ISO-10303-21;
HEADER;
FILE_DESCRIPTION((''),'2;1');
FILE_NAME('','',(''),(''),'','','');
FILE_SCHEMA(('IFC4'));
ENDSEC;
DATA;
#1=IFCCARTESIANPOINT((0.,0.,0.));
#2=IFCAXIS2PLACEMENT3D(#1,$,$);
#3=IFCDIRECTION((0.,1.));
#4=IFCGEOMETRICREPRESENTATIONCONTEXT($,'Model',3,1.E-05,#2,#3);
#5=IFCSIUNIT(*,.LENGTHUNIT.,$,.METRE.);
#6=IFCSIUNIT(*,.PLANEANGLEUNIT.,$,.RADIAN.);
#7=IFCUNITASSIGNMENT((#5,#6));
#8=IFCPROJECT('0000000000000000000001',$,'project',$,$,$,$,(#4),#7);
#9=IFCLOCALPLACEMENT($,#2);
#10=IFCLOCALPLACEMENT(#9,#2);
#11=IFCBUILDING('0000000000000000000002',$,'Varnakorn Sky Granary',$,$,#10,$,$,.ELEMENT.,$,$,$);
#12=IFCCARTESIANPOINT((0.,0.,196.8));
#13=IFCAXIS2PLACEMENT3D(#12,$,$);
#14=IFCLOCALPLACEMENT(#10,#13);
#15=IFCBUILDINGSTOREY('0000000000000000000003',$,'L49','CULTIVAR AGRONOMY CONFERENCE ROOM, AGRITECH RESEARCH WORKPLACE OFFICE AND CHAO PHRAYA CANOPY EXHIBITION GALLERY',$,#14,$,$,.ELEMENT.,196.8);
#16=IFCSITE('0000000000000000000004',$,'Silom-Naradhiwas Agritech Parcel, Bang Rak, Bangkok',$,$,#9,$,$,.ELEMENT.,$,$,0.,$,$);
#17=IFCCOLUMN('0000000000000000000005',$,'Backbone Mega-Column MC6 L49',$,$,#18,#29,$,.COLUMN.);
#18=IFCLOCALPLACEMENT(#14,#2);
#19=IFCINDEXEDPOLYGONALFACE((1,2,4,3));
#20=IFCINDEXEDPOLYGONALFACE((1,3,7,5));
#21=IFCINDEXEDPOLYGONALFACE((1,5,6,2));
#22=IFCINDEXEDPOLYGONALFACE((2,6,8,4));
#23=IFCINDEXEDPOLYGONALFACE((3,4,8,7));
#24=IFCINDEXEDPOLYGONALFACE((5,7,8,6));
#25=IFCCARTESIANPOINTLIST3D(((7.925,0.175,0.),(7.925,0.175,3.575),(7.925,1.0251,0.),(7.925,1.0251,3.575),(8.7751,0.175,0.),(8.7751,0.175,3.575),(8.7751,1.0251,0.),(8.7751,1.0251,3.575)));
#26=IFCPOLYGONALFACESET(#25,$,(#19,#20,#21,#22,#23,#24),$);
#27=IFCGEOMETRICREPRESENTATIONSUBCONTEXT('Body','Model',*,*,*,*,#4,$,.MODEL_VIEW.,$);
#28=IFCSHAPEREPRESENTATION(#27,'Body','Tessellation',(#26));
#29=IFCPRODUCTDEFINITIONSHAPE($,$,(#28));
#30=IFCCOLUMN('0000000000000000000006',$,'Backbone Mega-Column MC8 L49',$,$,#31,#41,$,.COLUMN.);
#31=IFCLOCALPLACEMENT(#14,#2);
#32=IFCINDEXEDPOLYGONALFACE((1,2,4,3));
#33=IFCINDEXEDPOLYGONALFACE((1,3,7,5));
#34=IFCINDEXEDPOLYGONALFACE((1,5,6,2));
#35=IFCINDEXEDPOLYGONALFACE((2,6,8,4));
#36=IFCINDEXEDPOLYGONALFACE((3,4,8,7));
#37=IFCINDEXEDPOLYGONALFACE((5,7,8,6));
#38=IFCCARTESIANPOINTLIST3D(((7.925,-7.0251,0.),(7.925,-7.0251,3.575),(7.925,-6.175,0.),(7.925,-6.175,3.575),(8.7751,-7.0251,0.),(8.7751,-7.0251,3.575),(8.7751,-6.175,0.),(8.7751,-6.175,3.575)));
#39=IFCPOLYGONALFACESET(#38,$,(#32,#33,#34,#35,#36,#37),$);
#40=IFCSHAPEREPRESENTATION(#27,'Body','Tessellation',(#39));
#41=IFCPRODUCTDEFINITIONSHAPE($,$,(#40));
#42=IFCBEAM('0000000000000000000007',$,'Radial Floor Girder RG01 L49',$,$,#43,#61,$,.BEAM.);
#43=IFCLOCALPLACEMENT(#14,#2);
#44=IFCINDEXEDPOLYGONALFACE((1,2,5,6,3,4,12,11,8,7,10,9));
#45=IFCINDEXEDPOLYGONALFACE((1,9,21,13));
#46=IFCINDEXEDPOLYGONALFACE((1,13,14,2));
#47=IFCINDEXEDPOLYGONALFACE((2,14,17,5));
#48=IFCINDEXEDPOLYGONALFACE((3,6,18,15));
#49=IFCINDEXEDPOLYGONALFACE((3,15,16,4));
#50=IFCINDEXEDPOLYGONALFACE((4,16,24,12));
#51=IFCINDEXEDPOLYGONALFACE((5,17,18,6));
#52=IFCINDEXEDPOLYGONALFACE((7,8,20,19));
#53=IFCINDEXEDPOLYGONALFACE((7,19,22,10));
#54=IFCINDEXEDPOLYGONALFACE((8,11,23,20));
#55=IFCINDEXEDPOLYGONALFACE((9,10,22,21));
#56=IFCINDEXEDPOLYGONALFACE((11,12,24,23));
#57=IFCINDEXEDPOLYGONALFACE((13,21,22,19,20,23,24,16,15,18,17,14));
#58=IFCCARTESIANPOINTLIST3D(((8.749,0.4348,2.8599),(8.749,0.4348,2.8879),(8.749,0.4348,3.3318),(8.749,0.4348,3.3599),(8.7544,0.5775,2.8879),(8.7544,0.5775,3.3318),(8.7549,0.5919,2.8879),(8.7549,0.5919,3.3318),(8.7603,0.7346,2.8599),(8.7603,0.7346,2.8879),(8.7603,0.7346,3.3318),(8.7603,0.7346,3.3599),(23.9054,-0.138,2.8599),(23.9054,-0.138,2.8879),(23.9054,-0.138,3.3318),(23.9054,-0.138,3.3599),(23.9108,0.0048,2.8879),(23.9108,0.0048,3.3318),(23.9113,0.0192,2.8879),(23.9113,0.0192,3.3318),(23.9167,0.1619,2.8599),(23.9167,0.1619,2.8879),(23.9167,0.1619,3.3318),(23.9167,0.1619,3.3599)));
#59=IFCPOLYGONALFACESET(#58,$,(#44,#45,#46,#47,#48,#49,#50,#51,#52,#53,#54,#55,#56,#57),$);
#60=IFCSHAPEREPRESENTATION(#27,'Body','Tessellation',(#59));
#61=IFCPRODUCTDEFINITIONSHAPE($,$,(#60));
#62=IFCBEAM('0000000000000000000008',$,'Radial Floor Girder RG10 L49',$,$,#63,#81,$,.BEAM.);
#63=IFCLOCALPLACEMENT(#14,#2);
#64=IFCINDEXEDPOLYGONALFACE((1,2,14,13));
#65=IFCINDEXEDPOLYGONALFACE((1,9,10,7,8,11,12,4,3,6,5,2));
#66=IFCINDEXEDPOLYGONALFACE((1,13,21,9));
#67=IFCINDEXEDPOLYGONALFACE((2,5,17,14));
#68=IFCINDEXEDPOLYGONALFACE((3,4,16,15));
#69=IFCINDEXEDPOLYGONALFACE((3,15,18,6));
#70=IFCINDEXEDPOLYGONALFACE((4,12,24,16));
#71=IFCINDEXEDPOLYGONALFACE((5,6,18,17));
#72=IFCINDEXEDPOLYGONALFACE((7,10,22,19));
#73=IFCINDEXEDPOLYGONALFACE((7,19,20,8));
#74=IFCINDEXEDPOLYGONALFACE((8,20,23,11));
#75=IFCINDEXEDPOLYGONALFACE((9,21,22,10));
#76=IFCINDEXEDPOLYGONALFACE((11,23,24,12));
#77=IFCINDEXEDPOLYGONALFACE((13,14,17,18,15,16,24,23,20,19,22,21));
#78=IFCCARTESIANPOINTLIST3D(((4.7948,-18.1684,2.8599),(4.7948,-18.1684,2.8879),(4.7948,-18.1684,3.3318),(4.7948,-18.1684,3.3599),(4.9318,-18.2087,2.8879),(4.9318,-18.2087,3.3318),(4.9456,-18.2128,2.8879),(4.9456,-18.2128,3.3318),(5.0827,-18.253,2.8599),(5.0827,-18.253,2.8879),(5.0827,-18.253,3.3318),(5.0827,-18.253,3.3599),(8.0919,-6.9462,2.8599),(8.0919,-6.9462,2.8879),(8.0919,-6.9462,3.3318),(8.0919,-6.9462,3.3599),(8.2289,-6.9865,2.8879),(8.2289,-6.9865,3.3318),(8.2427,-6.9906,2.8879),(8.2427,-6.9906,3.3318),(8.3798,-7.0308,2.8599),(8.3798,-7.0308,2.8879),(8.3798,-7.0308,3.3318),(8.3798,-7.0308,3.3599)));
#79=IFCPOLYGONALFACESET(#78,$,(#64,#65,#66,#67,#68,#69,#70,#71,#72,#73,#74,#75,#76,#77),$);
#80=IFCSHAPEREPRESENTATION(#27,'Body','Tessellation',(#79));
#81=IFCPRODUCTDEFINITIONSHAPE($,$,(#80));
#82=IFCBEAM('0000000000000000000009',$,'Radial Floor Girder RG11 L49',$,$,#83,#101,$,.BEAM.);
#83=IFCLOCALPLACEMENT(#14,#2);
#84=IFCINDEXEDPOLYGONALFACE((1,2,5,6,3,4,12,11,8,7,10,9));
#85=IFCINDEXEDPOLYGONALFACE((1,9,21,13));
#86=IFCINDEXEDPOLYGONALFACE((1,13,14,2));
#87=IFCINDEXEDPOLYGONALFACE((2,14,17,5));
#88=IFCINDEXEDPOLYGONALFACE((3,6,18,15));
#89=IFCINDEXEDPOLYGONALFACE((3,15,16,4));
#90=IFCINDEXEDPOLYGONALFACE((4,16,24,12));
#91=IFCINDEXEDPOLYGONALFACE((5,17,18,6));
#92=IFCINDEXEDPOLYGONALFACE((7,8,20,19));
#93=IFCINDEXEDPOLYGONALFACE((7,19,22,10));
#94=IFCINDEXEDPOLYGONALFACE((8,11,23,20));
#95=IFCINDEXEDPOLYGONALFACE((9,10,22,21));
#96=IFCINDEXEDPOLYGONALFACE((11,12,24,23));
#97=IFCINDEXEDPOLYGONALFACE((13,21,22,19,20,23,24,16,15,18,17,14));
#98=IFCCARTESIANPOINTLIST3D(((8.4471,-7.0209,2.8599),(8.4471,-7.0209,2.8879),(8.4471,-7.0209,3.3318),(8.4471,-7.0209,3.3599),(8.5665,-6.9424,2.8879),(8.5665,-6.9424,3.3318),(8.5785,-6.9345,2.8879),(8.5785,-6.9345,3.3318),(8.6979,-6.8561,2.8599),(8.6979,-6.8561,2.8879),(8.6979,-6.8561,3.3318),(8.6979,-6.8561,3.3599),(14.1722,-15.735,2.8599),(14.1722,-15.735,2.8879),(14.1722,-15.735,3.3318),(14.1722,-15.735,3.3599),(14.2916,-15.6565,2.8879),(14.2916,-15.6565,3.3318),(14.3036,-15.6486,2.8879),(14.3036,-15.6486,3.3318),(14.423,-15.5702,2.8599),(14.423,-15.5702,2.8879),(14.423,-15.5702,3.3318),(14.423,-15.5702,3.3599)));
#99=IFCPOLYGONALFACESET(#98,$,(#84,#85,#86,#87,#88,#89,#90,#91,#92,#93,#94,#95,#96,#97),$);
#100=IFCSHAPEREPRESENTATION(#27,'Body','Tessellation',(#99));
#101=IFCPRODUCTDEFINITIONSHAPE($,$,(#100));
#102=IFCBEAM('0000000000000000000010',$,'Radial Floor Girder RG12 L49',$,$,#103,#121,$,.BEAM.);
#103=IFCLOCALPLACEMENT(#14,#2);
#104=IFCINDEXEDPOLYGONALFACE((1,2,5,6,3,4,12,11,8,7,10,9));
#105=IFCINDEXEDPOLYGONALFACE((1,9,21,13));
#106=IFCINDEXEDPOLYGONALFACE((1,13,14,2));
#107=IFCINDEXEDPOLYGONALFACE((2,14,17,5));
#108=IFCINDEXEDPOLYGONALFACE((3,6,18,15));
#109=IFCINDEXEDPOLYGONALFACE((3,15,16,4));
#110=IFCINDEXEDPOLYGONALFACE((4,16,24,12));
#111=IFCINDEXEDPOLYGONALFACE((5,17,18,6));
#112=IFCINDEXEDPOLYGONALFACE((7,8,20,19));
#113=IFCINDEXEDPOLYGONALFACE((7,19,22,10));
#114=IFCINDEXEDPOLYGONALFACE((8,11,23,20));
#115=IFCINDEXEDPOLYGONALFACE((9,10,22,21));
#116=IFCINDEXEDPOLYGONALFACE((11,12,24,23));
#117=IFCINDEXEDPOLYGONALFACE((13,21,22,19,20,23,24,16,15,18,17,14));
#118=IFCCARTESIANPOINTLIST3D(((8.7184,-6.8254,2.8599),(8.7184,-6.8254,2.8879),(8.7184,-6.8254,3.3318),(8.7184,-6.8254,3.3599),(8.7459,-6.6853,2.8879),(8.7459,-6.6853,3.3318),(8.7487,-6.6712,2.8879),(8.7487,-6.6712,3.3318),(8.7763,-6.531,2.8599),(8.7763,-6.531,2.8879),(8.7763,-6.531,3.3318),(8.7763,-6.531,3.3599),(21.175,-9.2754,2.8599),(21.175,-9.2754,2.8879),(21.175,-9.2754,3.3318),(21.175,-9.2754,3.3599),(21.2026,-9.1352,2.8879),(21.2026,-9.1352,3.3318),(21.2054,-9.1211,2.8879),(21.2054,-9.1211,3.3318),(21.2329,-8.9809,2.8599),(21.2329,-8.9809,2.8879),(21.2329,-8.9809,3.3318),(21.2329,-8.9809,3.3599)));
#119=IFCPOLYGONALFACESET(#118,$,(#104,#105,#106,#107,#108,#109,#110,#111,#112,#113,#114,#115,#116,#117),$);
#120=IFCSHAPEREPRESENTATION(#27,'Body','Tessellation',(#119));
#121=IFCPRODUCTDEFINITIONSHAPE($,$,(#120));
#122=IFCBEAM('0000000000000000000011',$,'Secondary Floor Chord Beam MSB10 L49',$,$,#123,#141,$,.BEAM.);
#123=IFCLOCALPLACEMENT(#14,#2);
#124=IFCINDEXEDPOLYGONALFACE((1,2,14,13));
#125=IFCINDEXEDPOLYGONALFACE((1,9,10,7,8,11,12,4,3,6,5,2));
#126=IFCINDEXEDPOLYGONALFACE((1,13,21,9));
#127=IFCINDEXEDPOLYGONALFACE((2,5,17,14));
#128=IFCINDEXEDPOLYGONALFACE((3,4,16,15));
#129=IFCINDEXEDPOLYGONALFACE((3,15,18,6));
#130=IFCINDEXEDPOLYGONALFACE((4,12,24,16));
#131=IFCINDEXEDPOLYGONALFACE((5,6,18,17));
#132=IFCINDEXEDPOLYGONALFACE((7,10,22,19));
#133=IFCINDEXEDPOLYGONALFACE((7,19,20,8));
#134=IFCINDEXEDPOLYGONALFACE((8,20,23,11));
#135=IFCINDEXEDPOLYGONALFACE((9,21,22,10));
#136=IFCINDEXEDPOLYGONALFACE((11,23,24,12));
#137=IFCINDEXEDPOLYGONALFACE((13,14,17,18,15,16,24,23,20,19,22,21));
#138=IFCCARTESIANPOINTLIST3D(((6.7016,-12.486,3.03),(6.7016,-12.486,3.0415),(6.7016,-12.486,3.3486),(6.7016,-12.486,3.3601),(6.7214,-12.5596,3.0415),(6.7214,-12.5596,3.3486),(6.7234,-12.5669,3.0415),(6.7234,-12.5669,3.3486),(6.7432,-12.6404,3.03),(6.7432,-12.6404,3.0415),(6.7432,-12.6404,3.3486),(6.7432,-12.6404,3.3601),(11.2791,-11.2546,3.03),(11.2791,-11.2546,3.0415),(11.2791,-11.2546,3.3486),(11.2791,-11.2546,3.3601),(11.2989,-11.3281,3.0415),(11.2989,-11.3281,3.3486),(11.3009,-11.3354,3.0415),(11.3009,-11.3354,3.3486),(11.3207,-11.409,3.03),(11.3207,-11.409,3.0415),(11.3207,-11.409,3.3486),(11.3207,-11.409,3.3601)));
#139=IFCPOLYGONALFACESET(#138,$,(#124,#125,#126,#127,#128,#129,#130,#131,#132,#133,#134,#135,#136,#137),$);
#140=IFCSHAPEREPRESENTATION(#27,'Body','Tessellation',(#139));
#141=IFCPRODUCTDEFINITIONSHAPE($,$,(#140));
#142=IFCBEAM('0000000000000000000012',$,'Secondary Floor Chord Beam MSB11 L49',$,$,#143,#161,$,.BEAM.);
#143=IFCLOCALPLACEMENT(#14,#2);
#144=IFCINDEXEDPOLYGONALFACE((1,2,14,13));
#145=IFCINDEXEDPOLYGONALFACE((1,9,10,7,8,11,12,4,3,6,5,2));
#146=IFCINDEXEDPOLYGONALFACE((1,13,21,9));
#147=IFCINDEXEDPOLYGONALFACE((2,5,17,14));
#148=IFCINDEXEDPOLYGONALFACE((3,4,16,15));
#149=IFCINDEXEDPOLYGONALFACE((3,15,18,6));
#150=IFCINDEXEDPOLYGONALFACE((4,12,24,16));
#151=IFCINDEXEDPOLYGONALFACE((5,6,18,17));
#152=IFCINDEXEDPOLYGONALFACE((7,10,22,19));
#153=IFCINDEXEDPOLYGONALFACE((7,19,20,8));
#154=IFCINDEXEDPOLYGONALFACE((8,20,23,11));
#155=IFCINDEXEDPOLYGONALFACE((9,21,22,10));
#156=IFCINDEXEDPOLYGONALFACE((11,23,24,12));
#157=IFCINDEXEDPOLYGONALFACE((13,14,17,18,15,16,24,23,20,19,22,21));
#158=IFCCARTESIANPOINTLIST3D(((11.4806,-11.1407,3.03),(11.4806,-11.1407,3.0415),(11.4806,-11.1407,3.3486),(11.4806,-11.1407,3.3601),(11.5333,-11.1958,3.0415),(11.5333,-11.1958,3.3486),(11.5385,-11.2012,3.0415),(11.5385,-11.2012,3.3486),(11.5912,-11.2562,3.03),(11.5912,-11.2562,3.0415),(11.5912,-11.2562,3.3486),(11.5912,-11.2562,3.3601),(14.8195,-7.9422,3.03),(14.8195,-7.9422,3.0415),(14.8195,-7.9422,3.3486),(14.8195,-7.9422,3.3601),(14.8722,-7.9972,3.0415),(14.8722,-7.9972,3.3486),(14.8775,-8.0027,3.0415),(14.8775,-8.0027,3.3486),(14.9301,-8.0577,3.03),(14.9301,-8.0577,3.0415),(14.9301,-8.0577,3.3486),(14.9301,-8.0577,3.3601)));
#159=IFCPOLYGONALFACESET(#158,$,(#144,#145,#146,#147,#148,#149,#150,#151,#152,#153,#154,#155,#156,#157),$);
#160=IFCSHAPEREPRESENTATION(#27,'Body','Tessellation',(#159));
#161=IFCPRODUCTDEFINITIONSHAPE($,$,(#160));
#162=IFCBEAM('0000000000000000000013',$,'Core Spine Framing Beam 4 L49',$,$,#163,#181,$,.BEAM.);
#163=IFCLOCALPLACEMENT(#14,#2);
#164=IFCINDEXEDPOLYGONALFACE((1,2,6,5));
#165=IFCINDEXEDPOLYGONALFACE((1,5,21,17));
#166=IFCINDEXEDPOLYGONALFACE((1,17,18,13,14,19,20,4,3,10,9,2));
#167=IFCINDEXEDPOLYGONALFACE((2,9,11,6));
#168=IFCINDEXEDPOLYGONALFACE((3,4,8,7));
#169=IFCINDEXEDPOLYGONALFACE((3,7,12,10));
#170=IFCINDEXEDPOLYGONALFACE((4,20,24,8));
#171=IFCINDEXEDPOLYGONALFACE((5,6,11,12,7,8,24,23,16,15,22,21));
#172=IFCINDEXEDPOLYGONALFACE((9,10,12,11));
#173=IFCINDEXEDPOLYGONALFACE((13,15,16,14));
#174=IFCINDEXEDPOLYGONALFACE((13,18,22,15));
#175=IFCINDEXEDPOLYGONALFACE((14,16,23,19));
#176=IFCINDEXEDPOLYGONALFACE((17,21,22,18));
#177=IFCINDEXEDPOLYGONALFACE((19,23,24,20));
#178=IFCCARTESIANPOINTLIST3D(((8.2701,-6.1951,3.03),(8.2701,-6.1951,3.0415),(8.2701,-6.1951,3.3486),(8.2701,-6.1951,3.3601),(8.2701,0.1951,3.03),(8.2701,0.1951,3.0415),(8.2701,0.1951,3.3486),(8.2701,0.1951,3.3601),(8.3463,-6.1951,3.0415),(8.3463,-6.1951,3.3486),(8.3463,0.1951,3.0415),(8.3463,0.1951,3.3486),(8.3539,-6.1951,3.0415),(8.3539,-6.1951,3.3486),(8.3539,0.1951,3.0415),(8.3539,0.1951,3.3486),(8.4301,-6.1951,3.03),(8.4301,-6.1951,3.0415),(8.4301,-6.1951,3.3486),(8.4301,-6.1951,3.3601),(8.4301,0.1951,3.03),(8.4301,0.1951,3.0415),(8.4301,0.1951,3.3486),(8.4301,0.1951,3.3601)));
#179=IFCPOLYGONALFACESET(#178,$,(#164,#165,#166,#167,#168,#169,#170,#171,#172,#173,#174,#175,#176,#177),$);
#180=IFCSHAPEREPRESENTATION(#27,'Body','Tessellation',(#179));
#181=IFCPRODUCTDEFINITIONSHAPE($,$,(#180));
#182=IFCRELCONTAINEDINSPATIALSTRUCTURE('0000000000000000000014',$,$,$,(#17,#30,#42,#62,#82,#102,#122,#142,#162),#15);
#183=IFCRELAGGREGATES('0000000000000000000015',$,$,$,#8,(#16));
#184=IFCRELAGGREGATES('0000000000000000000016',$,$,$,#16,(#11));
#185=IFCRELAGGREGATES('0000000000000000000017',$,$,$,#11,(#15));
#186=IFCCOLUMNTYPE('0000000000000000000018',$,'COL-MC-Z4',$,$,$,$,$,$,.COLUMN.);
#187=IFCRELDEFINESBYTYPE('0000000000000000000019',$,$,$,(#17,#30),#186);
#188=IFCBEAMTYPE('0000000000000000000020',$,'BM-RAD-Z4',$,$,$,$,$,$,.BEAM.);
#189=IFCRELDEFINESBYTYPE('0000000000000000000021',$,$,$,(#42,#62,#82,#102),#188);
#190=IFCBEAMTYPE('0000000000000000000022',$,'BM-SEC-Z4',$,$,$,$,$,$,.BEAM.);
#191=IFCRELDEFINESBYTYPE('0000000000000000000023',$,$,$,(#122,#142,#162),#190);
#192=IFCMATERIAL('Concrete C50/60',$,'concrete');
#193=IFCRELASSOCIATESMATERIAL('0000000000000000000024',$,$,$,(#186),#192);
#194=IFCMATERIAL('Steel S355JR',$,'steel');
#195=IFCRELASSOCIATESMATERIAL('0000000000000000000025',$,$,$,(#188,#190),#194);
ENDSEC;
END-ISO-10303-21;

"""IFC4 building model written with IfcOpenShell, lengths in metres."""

from ifc_helpers import new_model, si_unit, direction, frame, origin, origin_2d, place, context, subcontext, project, spatial, rectangle, i_section, extrude, material, material_profile, profile_set, type_object, element, save


model = new_model("IFC4")

# Units and contexts
model_context = context("Model", 3, precision=1e-05, world=origin(), true_north=direction((0.0, 1.0)))
body_context = subcontext(model_context, "Body", "Model", "MODEL_VIEW")
ifc_project = project(units=[si_unit("LENGTHUNIT", "METRE"), si_unit("PLANEANGLEUNIT", "RADIAN")], contexts=[model_context])

# Site, building, storey
site_placement = place(None, origin())
site = spatial("IfcSite", under=ifc_project, at=site_placement, Name="Silom-Naradhiwas Agritech Parcel, Bang Rak, Bangkok", CompositionType="ELEMENT", RefElevation=0.0)
building_placement = place(site_placement, origin())
building = spatial("IfcBuilding", under=site, at=building_placement, Name="Varnakorn Sky Granary", CompositionType="ELEMENT")
storey_placement = place(building_placement, frame((0.0, 0.0, 196.8)))
storey = spatial("IfcBuildingStorey", under=building, at=storey_placement, Name="L49", Description="CULTIVAR AGRONOMY CONFERENCE ROOM, AGRITECH RESEARCH WORKPLACE OFFICE AND CHAO PHRAYA CANOPY EXHIBITION GALLERY", CompositionType="ELEMENT", Elevation=196.8)

# Columns
ifc_material_1 = material(Name="Concrete C50/60", Category="concrete")
ifc_material_profile_1 = material_profile(ifc_material_1, rectangle(XDim=0.8501, YDim=0.8501, at=origin_2d()), Name="RC 850x850")
ifc_profile_set_1 = profile_set([ifc_material_profile_1], Name="Concrete C50/60")
column_type = type_object("IfcColumnType", Name="COL-MC-Z4", PredefinedType="COLUMN", material=ifc_profile_set_1)
for number, where, z_axis, x_axis, name in (
    (1, (8.3501, 0.6001, 0.0), (0.0, 0.0, 1.0), (1.0, 0.0, 0.0), "Backbone Mega-Column MC6 L49"),
    (2, (8.3501, -6.6001, 0.0), (0.0, 0.0, 1.0), (1.0, 0.0, 0.0), "Backbone Mega-Column MC8 L49"),
):
    element("IfcColumn", number, at=place(storey_placement, frame(where, z_axis=z_axis, x_axis=x_axis)), inside=storey, type_object=column_type, Name=name, PredefinedType="COLUMN", context=body_context, shape_type="SweptSolid", body=[
        extrude(rectangle(XDim=0.8501, YDim=0.8501, at=origin_2d()), origin(), (0.0, 0.0, 1.0), 3.575),
    ])

# Beams
ifc_material_2 = material(Name="Steel S355JR", Category="steel")
ifc_material_profile_2 = material_profile(ifc_material_2, i_section(OverallWidth=0.3, OverallDepth=0.5, WebThickness=0.0144, FlangeThickness=0.0281, at=origin_2d()), Name="HE 500 B")
ifc_profile_set_2 = profile_set([ifc_material_profile_2], Name="Steel S355JR")
beam_type_1 = type_object("IfcBeamType", Name="BM-RAD-Z4", PredefinedType="BEAM", material=ifc_profile_set_2)
beam_1_placement = place(storey_placement, frame((8.7546, 0.5847, 3.1099), z_axis=(0.999287, -0.037762, 0.0), x_axis=(0.037762, 0.999287, 0.0)))
element("IfcBeam", 3, at=beam_1_placement, inside=storey, type_object=beam_type_1, Name="Radial Floor Girder RG01 L49", PredefinedType="BEAM", context=body_context, shape_type="SweptSolid", body=[
    extrude(i_section(OverallWidth=0.3, OverallDepth=0.5, WebThickness=0.0144, FlangeThickness=0.0281, at=origin_2d()), origin(), (0.0, 0.0, 1.0), 15.1672),
])
beam_2_placement = place(storey_placement, frame((8.2358, -6.9885, 3.1099), z_axis=(-0.281889, -0.959447, 0.0), x_axis=(0.959447, -0.281889, 0.0)))
element("IfcBeam", 4, at=beam_2_placement, inside=storey, type_object=beam_type_1, Name="Radial Floor Girder RG10 L49", PredefinedType="BEAM", context=body_context, shape_type="SweptSolid", body=[
    extrude(i_section(OverallWidth=0.3, OverallDepth=0.5, WebThickness=0.0144, FlangeThickness=0.0281, at=origin_2d()), origin(), (0.0, 0.0, 1.0), 11.6965),
])
beam_3_placement = place(storey_placement, frame((8.5725, -6.9385, 3.1099), z_axis=(0.54909, -0.835764, 0.0), x_axis=(0.835764, 0.54909, 0.0)))
element("IfcBeam", 5, at=beam_3_placement, inside=storey, type_object=beam_type_1, Name="Radial Floor Girder RG11 L49", PredefinedType="BEAM", context=body_context, shape_type="SweptSolid", body=[
    extrude(i_section(OverallWidth=0.3, OverallDepth=0.5, WebThickness=0.0144, FlangeThickness=0.0281, at=origin_2d()), origin(), (0.0, 0.0, 1.0), 10.4265),
])
beam_4_placement = place(storey_placement, frame((8.7473, -6.6782, 3.1099), z_axis=(0.981203, -0.192979, 0.0), x_axis=(0.192979, 0.981203, 0.0)))
element("IfcBeam", 6, at=beam_4_placement, inside=storey, type_object=beam_type_1, Name="Radial Floor Girder RG12 L49", PredefinedType="BEAM", context=body_context, shape_type="SweptSolid", body=[
    extrude(i_section(OverallWidth=0.3, OverallDepth=0.5, WebThickness=0.0144, FlangeThickness=0.0281, at=origin_2d()), origin(), (0.0, 0.0, 1.0), 12.6953),
])
ifc_material_profile_3 = material_profile(ifc_material_2, i_section(OverallWidth=0.1599, OverallDepth=0.3301, WebThickness=0.0076, FlangeThickness=0.0115, at=origin_2d()), Name="IPE 330")
ifc_profile_set_3 = profile_set([ifc_material_profile_3], Name="Steel S355JR")
beam_type_2 = type_object("IfcBeamType", Name="BM-SEC-Z4", PredefinedType="BEAM", material=ifc_profile_set_3)
beam_5_placement = place(storey_placement, frame((6.7224, -12.5632, 3.1951), z_axis=(0.965665, 0.259791, 0.0), x_axis=(-0.259791, 0.965665, 0.0)))
element("IfcBeam", 7, at=beam_5_placement, inside=storey, type_object=beam_type_2, Name="Secondary Floor Chord Beam MSB10 L49", PredefinedType="BEAM", context=body_context, shape_type="SweptSolid", body=[
    extrude(i_section(OverallWidth=0.1599, OverallDepth=0.3301, WebThickness=0.0076, FlangeThickness=0.0115, at=origin_2d()), origin(), (0.0, 0.0, 1.0), 4.7402),
])
beam_6_placement = place(storey_placement, frame((11.5359, -11.1985, 3.1951), z_axis=(0.722124, 0.691763, 0.0), x_axis=(-0.691763, 0.722124, 0.0)))
element("IfcBeam", 8, at=beam_6_placement, inside=storey, type_object=beam_type_2, Name="Secondary Floor Chord Beam MSB11 L49", PredefinedType="BEAM", context=body_context, shape_type="SweptSolid", body=[
    extrude(i_section(OverallWidth=0.1599, OverallDepth=0.3301, WebThickness=0.0076, FlangeThickness=0.0115, at=origin_2d()), origin(), (0.0, 0.0, 1.0), 4.6238),
])
beam_7_placement = place(storey_placement, frame((8.3501, 0.1951, 3.1951), z_axis=(0.0, -1.0, 0.0), x_axis=(1.0, 0.0, 0.0)))
element("IfcBeam", 9, at=beam_7_placement, inside=storey, type_object=beam_type_2, Name="Core Spine Framing Beam 4 L49", PredefinedType="BEAM", context=body_context, shape_type="SweptSolid", body=[
    extrude(i_section(OverallWidth=0.1599, OverallDepth=0.3301, WebThickness=0.0076, FlangeThickness=0.0115, at=origin_2d()), origin(), (0.0, 0.0, 1.0), 6.3901),
])

save(model, "model.ifc")
